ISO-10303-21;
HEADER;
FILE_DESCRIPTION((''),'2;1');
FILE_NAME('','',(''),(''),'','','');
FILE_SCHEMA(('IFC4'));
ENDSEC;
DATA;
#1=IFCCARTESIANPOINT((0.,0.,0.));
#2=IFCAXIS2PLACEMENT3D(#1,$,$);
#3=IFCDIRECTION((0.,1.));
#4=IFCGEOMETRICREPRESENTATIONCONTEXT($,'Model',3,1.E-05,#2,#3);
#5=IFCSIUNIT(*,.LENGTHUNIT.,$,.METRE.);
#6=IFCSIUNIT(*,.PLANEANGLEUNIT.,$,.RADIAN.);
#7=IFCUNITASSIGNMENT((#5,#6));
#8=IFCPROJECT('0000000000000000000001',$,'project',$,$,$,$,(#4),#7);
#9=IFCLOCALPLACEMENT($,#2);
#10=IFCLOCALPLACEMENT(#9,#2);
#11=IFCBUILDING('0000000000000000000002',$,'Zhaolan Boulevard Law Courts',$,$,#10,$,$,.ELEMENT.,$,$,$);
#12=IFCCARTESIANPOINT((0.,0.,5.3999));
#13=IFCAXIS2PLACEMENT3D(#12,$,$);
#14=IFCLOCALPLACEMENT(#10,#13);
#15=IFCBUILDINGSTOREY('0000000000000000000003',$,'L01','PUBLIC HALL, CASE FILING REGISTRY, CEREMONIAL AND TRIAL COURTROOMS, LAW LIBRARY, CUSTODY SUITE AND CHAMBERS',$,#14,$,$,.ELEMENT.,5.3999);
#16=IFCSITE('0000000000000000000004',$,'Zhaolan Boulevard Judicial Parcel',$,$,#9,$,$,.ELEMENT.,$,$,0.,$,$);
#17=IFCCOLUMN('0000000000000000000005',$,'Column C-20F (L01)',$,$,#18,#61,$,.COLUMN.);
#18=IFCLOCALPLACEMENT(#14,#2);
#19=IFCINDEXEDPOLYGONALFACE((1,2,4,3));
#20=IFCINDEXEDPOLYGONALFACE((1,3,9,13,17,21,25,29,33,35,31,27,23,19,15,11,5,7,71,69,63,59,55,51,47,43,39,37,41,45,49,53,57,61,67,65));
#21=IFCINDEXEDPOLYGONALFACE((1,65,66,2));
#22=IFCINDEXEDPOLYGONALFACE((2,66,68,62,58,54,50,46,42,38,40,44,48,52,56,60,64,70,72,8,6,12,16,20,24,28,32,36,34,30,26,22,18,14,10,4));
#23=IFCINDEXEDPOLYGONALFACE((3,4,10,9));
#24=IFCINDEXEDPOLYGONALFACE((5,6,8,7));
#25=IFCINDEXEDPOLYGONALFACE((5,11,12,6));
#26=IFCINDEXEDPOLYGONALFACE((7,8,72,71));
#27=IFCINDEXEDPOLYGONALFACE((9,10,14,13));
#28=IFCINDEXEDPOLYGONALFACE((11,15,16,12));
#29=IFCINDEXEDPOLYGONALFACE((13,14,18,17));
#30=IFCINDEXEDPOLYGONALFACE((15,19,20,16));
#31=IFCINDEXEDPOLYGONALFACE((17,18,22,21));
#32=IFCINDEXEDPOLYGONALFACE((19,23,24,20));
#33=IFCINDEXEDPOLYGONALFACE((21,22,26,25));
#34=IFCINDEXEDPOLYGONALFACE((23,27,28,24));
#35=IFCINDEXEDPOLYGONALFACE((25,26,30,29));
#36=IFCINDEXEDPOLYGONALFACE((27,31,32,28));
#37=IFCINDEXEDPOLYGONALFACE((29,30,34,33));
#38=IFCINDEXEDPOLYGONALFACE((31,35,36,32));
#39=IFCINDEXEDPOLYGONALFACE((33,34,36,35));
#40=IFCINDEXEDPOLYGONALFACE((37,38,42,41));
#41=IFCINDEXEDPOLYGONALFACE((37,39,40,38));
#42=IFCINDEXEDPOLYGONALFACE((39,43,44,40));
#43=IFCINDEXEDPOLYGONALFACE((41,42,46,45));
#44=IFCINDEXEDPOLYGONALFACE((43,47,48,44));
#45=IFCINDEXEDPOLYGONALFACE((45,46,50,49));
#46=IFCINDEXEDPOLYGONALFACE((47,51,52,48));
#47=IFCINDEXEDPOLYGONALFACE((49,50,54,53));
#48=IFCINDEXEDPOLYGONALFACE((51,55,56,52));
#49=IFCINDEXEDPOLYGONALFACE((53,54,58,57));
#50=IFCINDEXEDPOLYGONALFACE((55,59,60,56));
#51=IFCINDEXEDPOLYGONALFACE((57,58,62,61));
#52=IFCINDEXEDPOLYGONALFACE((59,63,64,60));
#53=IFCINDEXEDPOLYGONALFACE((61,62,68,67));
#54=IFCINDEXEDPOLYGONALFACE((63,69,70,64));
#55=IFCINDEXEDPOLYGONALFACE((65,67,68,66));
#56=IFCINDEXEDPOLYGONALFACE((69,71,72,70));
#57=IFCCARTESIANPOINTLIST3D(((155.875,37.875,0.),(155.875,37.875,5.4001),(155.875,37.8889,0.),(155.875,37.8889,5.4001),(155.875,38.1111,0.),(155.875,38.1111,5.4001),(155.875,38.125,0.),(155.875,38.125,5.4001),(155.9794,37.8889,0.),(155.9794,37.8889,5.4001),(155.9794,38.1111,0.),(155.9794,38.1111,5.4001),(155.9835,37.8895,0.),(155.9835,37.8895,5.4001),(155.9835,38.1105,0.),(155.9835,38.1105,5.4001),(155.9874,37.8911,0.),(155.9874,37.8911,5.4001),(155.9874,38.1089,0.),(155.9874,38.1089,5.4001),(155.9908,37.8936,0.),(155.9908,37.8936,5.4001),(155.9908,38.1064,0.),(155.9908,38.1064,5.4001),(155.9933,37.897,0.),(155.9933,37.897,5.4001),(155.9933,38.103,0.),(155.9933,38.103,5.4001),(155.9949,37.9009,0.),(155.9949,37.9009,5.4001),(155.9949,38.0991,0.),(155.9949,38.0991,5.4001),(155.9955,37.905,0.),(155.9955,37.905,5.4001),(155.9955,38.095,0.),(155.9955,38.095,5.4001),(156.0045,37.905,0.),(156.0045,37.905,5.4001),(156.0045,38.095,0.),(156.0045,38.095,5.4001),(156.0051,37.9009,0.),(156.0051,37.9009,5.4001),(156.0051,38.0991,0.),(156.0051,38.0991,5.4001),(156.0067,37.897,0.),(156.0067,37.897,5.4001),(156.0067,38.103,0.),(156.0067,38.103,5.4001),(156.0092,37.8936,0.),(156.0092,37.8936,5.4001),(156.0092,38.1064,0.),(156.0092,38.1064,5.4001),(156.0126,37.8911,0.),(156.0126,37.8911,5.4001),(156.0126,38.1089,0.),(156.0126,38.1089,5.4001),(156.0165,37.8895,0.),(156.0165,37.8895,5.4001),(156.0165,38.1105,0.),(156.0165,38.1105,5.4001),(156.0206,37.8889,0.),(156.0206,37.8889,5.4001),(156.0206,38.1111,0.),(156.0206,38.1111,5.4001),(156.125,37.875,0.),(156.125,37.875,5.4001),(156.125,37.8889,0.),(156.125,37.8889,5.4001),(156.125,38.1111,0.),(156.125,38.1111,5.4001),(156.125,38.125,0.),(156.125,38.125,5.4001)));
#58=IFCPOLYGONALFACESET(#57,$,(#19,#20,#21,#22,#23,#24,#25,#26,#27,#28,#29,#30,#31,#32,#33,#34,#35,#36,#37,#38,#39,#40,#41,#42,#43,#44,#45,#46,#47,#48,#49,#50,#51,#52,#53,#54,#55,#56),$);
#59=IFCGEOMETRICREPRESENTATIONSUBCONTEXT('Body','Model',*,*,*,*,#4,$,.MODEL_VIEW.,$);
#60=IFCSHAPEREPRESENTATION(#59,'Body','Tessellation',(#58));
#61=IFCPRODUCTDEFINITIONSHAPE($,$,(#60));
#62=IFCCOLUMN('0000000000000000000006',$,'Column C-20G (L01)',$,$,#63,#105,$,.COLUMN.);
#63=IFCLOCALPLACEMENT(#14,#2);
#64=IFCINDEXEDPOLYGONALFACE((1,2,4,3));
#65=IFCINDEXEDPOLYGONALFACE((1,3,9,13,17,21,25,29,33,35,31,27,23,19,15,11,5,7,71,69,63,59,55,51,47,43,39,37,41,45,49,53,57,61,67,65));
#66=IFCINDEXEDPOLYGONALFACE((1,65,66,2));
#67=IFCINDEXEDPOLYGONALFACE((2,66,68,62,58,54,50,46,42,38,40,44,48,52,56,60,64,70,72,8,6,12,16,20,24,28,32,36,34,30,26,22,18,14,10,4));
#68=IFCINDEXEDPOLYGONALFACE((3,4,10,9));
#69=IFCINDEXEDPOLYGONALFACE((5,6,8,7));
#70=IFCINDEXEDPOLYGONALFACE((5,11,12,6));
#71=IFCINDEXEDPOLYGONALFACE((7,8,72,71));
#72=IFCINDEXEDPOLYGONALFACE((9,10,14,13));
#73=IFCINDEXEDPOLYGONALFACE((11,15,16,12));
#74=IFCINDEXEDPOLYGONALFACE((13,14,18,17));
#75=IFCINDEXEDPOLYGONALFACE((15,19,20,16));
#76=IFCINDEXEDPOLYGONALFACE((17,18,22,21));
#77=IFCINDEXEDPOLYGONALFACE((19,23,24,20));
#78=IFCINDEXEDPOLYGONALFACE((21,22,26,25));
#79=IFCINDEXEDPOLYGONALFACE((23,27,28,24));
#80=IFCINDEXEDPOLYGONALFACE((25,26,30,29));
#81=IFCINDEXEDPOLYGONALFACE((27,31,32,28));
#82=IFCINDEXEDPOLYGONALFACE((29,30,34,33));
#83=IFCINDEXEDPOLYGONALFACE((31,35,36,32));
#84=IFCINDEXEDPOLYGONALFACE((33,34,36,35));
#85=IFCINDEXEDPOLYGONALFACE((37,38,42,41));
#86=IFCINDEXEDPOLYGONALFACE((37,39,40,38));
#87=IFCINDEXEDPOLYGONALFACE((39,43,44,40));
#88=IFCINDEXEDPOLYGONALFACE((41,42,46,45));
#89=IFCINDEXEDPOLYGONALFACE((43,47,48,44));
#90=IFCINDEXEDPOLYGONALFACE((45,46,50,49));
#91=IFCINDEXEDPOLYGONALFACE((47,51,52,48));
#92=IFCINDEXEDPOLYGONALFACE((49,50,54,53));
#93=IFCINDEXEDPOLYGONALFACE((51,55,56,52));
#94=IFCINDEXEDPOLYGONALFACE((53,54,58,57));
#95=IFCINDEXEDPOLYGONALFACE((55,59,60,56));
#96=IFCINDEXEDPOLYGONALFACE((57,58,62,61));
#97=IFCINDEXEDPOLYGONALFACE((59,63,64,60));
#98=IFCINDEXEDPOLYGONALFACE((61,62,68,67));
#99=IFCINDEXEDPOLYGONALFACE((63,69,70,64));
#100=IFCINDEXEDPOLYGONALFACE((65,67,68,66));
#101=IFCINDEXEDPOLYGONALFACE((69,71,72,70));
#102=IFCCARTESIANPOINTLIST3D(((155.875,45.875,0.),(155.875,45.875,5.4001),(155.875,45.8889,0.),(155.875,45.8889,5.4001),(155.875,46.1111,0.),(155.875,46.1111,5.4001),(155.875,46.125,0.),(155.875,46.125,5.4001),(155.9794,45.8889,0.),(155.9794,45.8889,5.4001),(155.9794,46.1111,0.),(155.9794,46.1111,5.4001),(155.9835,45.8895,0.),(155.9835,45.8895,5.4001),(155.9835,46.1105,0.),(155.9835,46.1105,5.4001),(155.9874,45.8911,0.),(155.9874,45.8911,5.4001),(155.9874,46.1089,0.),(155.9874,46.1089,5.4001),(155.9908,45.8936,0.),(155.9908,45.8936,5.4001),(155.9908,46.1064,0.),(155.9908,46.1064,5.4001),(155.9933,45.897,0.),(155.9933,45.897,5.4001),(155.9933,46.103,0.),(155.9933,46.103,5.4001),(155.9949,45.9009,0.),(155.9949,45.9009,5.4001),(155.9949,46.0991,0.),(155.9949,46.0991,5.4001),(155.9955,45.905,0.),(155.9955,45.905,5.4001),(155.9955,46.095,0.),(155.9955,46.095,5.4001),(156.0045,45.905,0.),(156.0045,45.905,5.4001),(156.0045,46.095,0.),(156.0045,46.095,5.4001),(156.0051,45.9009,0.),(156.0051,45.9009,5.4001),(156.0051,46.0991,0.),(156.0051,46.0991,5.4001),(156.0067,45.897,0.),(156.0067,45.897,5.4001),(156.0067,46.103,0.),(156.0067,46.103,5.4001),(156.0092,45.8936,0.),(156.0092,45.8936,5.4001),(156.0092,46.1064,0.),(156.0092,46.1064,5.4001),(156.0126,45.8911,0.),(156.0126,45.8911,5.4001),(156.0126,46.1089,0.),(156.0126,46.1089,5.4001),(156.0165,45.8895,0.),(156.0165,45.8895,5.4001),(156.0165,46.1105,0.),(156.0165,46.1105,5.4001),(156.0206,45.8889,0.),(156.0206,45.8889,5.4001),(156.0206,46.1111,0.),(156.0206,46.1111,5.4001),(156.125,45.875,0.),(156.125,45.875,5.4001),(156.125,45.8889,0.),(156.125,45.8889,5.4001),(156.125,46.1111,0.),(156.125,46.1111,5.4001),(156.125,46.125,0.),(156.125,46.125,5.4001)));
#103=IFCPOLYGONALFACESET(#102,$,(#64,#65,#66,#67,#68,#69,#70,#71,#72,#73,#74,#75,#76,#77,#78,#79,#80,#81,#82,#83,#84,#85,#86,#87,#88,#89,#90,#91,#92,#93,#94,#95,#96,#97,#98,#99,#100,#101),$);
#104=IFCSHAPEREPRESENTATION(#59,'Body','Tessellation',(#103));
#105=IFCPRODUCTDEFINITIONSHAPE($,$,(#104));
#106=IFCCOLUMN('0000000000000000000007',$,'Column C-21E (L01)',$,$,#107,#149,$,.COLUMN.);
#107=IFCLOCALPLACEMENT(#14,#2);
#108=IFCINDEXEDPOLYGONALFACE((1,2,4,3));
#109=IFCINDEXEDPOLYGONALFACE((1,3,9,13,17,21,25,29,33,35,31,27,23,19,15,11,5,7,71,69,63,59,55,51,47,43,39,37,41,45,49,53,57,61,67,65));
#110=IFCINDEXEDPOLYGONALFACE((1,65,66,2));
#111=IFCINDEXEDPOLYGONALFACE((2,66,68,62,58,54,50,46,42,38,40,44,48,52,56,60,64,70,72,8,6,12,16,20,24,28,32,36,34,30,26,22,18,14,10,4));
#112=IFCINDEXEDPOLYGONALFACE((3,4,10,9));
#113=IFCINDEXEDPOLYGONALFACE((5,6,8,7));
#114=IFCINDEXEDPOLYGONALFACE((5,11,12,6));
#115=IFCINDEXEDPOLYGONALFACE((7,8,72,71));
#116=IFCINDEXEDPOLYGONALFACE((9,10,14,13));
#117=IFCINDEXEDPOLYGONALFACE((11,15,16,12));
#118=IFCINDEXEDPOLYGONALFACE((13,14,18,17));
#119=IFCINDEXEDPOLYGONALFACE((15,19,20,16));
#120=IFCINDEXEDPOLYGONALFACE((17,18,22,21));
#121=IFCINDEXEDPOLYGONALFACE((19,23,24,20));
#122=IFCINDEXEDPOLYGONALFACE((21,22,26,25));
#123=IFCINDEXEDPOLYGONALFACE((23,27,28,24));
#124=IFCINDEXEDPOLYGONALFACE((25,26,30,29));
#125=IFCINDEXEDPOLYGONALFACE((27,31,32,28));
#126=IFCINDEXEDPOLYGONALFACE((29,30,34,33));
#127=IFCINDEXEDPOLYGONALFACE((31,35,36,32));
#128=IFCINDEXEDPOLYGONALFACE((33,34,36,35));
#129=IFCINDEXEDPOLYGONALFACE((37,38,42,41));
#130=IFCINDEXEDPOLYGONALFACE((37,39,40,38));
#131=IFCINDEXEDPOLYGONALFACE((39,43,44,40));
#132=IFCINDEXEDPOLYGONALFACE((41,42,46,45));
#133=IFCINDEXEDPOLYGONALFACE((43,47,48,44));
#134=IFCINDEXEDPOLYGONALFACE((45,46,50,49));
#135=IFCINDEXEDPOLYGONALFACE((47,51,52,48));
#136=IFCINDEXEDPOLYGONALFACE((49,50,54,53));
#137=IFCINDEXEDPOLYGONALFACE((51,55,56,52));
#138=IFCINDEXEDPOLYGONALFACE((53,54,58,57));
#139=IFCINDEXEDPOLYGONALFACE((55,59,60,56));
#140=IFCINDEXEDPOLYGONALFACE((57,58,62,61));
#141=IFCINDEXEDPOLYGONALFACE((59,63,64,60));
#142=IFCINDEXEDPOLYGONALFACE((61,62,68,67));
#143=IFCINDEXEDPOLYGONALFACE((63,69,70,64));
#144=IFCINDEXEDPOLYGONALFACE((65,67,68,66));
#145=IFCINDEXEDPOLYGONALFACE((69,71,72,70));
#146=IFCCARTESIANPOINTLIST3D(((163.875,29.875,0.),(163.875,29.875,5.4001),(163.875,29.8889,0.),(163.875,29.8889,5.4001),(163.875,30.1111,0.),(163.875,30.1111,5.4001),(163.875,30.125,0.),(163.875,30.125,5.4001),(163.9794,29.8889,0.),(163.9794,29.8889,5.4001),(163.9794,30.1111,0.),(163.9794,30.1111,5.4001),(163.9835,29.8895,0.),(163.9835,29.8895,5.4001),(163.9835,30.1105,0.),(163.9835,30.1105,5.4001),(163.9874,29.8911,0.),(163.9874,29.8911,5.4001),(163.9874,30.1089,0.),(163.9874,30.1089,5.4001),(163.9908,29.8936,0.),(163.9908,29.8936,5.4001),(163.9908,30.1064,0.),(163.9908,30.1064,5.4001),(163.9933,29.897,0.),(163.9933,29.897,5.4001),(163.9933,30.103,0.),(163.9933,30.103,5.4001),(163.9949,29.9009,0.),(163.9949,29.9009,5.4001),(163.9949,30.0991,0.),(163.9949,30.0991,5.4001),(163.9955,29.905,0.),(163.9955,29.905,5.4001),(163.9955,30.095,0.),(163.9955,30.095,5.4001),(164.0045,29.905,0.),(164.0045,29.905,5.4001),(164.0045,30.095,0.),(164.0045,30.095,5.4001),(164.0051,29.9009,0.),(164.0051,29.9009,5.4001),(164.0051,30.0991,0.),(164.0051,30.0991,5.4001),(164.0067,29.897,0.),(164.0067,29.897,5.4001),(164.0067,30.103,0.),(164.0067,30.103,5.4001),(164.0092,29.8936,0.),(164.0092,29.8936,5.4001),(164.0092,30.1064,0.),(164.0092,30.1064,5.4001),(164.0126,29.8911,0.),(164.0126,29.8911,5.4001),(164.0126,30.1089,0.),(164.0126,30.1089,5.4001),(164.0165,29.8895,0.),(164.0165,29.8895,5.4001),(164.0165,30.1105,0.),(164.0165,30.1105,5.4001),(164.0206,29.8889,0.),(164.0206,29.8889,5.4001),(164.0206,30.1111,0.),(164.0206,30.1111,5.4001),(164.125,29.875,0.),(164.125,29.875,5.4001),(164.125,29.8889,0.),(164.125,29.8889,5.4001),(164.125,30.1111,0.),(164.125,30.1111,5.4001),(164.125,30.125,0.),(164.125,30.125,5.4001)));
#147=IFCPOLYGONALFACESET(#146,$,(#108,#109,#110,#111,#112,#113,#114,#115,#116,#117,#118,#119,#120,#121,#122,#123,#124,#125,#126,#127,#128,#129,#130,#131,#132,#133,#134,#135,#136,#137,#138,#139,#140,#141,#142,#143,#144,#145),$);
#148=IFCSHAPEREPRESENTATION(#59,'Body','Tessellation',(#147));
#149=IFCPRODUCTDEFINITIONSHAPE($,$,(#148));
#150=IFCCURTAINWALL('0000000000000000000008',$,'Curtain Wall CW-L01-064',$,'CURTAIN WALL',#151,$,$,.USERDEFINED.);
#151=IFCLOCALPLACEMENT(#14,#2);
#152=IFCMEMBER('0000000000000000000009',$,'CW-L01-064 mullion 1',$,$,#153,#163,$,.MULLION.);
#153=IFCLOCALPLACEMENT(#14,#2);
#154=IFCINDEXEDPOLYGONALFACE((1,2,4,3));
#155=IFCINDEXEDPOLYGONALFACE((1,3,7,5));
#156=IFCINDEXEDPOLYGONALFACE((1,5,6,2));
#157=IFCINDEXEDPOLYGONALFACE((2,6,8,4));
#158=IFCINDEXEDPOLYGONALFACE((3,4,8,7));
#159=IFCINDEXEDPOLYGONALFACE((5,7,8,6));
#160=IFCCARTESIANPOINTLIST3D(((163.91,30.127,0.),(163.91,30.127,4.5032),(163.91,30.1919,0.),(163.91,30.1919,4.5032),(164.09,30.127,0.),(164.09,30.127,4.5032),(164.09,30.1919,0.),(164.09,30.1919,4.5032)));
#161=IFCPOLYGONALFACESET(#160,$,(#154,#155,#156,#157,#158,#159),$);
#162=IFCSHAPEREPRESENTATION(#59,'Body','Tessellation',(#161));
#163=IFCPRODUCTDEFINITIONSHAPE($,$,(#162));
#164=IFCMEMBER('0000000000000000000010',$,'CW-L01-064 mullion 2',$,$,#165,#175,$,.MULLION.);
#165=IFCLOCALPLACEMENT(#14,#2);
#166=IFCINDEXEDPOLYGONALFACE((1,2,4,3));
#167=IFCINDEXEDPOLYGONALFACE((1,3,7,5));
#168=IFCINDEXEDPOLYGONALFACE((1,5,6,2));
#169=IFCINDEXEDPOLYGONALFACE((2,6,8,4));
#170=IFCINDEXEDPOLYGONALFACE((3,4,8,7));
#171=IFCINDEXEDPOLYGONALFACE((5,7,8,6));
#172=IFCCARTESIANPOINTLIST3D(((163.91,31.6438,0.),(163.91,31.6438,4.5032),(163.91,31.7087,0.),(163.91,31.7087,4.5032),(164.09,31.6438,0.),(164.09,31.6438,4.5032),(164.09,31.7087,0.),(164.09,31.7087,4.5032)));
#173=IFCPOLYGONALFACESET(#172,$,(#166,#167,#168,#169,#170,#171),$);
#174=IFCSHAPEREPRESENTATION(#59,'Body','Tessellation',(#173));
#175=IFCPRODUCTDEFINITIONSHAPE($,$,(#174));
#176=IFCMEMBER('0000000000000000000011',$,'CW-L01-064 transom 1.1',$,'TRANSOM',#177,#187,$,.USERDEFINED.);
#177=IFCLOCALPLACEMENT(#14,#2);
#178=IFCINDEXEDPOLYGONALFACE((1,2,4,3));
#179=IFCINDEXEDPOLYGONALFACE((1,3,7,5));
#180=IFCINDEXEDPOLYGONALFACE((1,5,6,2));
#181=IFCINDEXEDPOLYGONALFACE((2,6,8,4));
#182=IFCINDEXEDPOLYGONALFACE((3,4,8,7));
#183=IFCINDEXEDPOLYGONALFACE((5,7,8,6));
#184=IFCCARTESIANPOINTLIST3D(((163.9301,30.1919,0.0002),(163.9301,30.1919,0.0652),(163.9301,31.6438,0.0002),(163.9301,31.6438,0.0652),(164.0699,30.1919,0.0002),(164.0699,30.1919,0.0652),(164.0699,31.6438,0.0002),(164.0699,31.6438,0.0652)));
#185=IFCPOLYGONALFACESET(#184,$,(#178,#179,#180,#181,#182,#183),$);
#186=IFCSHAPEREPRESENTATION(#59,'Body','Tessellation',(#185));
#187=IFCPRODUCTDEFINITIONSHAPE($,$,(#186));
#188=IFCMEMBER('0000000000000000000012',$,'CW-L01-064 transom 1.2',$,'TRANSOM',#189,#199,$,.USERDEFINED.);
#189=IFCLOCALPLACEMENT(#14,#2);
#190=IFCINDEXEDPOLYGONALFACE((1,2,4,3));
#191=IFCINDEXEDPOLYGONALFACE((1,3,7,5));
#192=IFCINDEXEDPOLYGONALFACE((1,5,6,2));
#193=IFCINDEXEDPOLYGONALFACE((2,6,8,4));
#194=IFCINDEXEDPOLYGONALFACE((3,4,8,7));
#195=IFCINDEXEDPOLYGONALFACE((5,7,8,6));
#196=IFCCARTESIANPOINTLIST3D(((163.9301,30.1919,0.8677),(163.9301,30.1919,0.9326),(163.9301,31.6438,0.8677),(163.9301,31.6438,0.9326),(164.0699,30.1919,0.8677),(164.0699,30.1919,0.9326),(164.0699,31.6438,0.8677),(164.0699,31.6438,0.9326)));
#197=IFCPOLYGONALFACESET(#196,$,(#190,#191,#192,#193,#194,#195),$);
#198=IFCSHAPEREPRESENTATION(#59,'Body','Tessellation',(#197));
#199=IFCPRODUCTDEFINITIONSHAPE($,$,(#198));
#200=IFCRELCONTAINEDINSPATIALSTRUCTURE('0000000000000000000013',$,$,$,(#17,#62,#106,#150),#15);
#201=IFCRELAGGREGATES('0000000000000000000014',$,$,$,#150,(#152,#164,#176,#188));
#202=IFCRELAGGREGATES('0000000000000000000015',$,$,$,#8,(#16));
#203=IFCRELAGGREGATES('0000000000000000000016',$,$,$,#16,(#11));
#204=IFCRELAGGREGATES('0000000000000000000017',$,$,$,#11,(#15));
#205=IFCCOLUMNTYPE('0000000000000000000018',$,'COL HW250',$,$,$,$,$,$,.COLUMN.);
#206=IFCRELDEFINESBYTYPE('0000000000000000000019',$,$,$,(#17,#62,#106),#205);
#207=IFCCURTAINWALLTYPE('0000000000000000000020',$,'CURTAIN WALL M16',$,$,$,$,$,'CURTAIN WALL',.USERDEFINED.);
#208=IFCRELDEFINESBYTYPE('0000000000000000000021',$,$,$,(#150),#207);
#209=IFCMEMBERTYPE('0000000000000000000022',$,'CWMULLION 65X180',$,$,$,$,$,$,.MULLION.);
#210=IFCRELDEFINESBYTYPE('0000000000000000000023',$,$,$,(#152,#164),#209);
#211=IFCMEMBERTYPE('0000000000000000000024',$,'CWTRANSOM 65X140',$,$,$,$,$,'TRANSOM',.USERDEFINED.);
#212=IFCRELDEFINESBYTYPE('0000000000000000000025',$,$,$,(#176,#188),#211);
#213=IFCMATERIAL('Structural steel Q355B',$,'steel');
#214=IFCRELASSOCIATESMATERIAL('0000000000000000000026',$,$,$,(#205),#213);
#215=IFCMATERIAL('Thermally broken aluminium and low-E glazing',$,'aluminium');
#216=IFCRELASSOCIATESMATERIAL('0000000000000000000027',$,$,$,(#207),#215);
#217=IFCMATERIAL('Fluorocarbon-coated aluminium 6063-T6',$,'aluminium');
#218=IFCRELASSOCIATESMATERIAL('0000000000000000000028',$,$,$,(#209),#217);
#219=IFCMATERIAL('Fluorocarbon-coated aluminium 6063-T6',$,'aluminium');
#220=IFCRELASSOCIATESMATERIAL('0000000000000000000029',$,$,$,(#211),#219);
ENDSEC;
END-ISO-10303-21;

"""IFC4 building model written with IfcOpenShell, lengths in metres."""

from ifc_helpers import new_model, si_unit, direction, frame, origin, origin_2d, place, context, subcontext, project, spatial, rectangle, i_section, extrude, material, material_profile, profile_set, type_object, element, aggregate, save


model = new_model("IFC4")

# Units and contexts
model_context = context("Model", 3, precision=1e-05, world=origin(), true_north=direction((0.0, 1.0)))
body_context = subcontext(model_context, "Body", "Model", "MODEL_VIEW")
ifc_project = project(units=[si_unit("LENGTHUNIT", "METRE"), si_unit("PLANEANGLEUNIT", "RADIAN")], contexts=[model_context])

# Site, building, storey
site_placement = place(None, origin())
site = spatial("IfcSite", under=ifc_project, at=site_placement, Name="Zhaolan Boulevard Judicial Parcel", CompositionType="ELEMENT", RefElevation=0.0)
building_placement = place(site_placement, origin())
building = spatial("IfcBuilding", under=site, at=building_placement, Name="Zhaolan Boulevard Law Courts", CompositionType="ELEMENT")
storey_placement = place(building_placement, frame((0.0, 0.0, 5.3999)))
storey = spatial("IfcBuildingStorey", under=building, at=storey_placement, Name="L01", Description="PUBLIC HALL, CASE FILING REGISTRY, CEREMONIAL AND TRIAL COURTROOMS, LAW LIBRARY, CUSTODY SUITE AND CHAMBERS", CompositionType="ELEMENT", Elevation=5.3999)

# Columns
ifc_material_1 = material(Name="Structural steel Q355B", Category="steel")
ifc_material_profile_1 = material_profile(ifc_material_1, i_section(OverallWidth=0.25, OverallDepth=0.25, WebThickness=0.009, FlangeThickness=0.0139, FilletRadius=0.0161, at=origin_2d()), Name="HW250x250")
ifc_profile_set_1 = profile_set([ifc_material_profile_1], Name="Structural steel Q355B")
column_type = type_object("IfcColumnType", Name="COL HW250", PredefinedType="COLUMN", material=ifc_profile_set_1)
for number, where, z_axis, x_axis, name in (
    (1, (156.0, 38.0, 0.0), (0.0, 0.0, 1.0), (1.0, 0.0, 0.0), "Column C-20F (L01)"),
    (2, (156.0, 46.0, 0.0), (0.0, 0.0, 1.0), (1.0, 0.0, 0.0), "Column C-20G (L01)"),
    (3, (164.0, 30.0, 0.0), (0.0, 0.0, 1.0), (1.0, 0.0, 0.0), "Column C-21E (L01)"),
):
    element("IfcColumn", number, at=place(storey_placement, frame(where, z_axis=z_axis, x_axis=x_axis)), inside=storey, type_object=column_type, Name=name, PredefinedType="COLUMN", context=body_context, shape_type="SweptSolid", body=[
        extrude(i_section(OverallWidth=0.25, OverallDepth=0.25, WebThickness=0.009, FlangeThickness=0.0139, FilletRadius=0.0161, at=origin_2d()), origin(), (0.0, 0.0, 1.0), 5.4001),
    ])

# Curtain wall, members
ifc_material_2 = material(Name="Thermally broken aluminium and low-E glazing", Category="aluminium")
curtain_wall_type = type_object("IfcCurtainWallType", Name="CURTAIN WALL M16", ElementType="CURTAIN WALL", PredefinedType="USERDEFINED", material=ifc_material_2)
curtain_wall_placement = place(storey_placement, origin())
curtain_wall = element("IfcCurtainWall", 4, at=curtain_wall_placement, inside=storey, type_object=curtain_wall_type, Name="Curtain Wall CW-L01-064", ObjectType="CURTAIN WALL", PredefinedType="USERDEFINED")
ifc_material_3 = material(Name="Fluorocarbon-coated aluminium 6063-T6", Category="aluminium")
ifc_material_profile_2 = material_profile(ifc_material_3, rectangle(XDim=0.1799, YDim=0.0649, at=origin_2d()), Name="AL65x180")
ifc_profile_set_2 = profile_set([ifc_material_profile_2], Name="Fluorocarbon-coated aluminium 6063-T6")
member_type_1 = type_object("IfcMemberType", Name="CWMULLION 65X180", PredefinedType="MULLION", material=ifc_profile_set_2)
member_1_placement = place(storey_placement, frame((164.0, 30.1594, 0.0), z_axis=(0.0, 0.0, 1.0), x_axis=(-1.0, 0.0, 0.0)))
member_1 = element("IfcMember", 5, at=member_1_placement, type_object=member_type_1, Name="CW-L01-064 mullion 1", PredefinedType="MULLION", context=body_context, shape_type="SweptSolid", body=[
    extrude(rectangle(XDim=0.1799, YDim=0.0649, at=origin_2d()), origin(), (0.0, 0.0, 1.0), 4.5032),
])
member_2_placement = place(storey_placement, frame((164.0, 31.6763, 0.0), z_axis=(0.0, 0.0, 1.0), x_axis=(-1.0, 0.0, 0.0)))
member_2 = element("IfcMember", 6, at=member_2_placement, type_object=member_type_1, Name="CW-L01-064 mullion 2", PredefinedType="MULLION", context=body_context, shape_type="SweptSolid", body=[
    extrude(rectangle(XDim=0.1799, YDim=0.0649, at=origin_2d()), origin(), (0.0, 0.0, 1.0), 4.5032),
])
ifc_material_4 = material(Name="Fluorocarbon-coated aluminium 6063-T6", Category="aluminium")
ifc_material_profile_3 = material_profile(ifc_material_4, rectangle(XDim=0.1399, YDim=0.0649, at=origin_2d()), Name="AL65x140")
ifc_profile_set_3 = profile_set([ifc_material_profile_3], Name="Fluorocarbon-coated aluminium 6063-T6")
member_type_2 = type_object("IfcMemberType", Name="CWTRANSOM 65X140", ElementType="TRANSOM", PredefinedType="USERDEFINED", material=ifc_profile_set_3)
member_3_placement = place(storey_placement, frame((164.0, 30.1919, 0.0327), z_axis=(0.0, 1.0, 0.0), x_axis=(-1.0, 0.0, 0.0)))
member_3 = element("IfcMember", 7, at=member_3_placement, type_object=member_type_2, Name="CW-L01-064 transom 1.1", ObjectType="TRANSOM", PredefinedType="USERDEFINED", context=body_context, shape_type="SweptSolid", body=[
    extrude(rectangle(XDim=0.1399, YDim=0.0649, at=origin_2d()), origin(), (0.0, 0.0, 1.0), 1.4519),
])
member_4_placement = place(storey_placement, frame((164.0, 30.1919, 0.9001), z_axis=(0.0, 1.0, 0.0), x_axis=(-1.0, 0.0, 0.0)))
member_4 = element("IfcMember", 8, at=member_4_placement, type_object=member_type_2, Name="CW-L01-064 transom 1.2", ObjectType="TRANSOM", PredefinedType="USERDEFINED", context=body_context, shape_type="SweptSolid", body=[
    extrude(rectangle(XDim=0.1399, YDim=0.0649, at=origin_2d()), origin(), (0.0, 0.0, 1.0), 1.4519),
])

aggregate(curtain_wall, [member_1, member_2, member_3, member_4])

save(model, "model.ifc")
